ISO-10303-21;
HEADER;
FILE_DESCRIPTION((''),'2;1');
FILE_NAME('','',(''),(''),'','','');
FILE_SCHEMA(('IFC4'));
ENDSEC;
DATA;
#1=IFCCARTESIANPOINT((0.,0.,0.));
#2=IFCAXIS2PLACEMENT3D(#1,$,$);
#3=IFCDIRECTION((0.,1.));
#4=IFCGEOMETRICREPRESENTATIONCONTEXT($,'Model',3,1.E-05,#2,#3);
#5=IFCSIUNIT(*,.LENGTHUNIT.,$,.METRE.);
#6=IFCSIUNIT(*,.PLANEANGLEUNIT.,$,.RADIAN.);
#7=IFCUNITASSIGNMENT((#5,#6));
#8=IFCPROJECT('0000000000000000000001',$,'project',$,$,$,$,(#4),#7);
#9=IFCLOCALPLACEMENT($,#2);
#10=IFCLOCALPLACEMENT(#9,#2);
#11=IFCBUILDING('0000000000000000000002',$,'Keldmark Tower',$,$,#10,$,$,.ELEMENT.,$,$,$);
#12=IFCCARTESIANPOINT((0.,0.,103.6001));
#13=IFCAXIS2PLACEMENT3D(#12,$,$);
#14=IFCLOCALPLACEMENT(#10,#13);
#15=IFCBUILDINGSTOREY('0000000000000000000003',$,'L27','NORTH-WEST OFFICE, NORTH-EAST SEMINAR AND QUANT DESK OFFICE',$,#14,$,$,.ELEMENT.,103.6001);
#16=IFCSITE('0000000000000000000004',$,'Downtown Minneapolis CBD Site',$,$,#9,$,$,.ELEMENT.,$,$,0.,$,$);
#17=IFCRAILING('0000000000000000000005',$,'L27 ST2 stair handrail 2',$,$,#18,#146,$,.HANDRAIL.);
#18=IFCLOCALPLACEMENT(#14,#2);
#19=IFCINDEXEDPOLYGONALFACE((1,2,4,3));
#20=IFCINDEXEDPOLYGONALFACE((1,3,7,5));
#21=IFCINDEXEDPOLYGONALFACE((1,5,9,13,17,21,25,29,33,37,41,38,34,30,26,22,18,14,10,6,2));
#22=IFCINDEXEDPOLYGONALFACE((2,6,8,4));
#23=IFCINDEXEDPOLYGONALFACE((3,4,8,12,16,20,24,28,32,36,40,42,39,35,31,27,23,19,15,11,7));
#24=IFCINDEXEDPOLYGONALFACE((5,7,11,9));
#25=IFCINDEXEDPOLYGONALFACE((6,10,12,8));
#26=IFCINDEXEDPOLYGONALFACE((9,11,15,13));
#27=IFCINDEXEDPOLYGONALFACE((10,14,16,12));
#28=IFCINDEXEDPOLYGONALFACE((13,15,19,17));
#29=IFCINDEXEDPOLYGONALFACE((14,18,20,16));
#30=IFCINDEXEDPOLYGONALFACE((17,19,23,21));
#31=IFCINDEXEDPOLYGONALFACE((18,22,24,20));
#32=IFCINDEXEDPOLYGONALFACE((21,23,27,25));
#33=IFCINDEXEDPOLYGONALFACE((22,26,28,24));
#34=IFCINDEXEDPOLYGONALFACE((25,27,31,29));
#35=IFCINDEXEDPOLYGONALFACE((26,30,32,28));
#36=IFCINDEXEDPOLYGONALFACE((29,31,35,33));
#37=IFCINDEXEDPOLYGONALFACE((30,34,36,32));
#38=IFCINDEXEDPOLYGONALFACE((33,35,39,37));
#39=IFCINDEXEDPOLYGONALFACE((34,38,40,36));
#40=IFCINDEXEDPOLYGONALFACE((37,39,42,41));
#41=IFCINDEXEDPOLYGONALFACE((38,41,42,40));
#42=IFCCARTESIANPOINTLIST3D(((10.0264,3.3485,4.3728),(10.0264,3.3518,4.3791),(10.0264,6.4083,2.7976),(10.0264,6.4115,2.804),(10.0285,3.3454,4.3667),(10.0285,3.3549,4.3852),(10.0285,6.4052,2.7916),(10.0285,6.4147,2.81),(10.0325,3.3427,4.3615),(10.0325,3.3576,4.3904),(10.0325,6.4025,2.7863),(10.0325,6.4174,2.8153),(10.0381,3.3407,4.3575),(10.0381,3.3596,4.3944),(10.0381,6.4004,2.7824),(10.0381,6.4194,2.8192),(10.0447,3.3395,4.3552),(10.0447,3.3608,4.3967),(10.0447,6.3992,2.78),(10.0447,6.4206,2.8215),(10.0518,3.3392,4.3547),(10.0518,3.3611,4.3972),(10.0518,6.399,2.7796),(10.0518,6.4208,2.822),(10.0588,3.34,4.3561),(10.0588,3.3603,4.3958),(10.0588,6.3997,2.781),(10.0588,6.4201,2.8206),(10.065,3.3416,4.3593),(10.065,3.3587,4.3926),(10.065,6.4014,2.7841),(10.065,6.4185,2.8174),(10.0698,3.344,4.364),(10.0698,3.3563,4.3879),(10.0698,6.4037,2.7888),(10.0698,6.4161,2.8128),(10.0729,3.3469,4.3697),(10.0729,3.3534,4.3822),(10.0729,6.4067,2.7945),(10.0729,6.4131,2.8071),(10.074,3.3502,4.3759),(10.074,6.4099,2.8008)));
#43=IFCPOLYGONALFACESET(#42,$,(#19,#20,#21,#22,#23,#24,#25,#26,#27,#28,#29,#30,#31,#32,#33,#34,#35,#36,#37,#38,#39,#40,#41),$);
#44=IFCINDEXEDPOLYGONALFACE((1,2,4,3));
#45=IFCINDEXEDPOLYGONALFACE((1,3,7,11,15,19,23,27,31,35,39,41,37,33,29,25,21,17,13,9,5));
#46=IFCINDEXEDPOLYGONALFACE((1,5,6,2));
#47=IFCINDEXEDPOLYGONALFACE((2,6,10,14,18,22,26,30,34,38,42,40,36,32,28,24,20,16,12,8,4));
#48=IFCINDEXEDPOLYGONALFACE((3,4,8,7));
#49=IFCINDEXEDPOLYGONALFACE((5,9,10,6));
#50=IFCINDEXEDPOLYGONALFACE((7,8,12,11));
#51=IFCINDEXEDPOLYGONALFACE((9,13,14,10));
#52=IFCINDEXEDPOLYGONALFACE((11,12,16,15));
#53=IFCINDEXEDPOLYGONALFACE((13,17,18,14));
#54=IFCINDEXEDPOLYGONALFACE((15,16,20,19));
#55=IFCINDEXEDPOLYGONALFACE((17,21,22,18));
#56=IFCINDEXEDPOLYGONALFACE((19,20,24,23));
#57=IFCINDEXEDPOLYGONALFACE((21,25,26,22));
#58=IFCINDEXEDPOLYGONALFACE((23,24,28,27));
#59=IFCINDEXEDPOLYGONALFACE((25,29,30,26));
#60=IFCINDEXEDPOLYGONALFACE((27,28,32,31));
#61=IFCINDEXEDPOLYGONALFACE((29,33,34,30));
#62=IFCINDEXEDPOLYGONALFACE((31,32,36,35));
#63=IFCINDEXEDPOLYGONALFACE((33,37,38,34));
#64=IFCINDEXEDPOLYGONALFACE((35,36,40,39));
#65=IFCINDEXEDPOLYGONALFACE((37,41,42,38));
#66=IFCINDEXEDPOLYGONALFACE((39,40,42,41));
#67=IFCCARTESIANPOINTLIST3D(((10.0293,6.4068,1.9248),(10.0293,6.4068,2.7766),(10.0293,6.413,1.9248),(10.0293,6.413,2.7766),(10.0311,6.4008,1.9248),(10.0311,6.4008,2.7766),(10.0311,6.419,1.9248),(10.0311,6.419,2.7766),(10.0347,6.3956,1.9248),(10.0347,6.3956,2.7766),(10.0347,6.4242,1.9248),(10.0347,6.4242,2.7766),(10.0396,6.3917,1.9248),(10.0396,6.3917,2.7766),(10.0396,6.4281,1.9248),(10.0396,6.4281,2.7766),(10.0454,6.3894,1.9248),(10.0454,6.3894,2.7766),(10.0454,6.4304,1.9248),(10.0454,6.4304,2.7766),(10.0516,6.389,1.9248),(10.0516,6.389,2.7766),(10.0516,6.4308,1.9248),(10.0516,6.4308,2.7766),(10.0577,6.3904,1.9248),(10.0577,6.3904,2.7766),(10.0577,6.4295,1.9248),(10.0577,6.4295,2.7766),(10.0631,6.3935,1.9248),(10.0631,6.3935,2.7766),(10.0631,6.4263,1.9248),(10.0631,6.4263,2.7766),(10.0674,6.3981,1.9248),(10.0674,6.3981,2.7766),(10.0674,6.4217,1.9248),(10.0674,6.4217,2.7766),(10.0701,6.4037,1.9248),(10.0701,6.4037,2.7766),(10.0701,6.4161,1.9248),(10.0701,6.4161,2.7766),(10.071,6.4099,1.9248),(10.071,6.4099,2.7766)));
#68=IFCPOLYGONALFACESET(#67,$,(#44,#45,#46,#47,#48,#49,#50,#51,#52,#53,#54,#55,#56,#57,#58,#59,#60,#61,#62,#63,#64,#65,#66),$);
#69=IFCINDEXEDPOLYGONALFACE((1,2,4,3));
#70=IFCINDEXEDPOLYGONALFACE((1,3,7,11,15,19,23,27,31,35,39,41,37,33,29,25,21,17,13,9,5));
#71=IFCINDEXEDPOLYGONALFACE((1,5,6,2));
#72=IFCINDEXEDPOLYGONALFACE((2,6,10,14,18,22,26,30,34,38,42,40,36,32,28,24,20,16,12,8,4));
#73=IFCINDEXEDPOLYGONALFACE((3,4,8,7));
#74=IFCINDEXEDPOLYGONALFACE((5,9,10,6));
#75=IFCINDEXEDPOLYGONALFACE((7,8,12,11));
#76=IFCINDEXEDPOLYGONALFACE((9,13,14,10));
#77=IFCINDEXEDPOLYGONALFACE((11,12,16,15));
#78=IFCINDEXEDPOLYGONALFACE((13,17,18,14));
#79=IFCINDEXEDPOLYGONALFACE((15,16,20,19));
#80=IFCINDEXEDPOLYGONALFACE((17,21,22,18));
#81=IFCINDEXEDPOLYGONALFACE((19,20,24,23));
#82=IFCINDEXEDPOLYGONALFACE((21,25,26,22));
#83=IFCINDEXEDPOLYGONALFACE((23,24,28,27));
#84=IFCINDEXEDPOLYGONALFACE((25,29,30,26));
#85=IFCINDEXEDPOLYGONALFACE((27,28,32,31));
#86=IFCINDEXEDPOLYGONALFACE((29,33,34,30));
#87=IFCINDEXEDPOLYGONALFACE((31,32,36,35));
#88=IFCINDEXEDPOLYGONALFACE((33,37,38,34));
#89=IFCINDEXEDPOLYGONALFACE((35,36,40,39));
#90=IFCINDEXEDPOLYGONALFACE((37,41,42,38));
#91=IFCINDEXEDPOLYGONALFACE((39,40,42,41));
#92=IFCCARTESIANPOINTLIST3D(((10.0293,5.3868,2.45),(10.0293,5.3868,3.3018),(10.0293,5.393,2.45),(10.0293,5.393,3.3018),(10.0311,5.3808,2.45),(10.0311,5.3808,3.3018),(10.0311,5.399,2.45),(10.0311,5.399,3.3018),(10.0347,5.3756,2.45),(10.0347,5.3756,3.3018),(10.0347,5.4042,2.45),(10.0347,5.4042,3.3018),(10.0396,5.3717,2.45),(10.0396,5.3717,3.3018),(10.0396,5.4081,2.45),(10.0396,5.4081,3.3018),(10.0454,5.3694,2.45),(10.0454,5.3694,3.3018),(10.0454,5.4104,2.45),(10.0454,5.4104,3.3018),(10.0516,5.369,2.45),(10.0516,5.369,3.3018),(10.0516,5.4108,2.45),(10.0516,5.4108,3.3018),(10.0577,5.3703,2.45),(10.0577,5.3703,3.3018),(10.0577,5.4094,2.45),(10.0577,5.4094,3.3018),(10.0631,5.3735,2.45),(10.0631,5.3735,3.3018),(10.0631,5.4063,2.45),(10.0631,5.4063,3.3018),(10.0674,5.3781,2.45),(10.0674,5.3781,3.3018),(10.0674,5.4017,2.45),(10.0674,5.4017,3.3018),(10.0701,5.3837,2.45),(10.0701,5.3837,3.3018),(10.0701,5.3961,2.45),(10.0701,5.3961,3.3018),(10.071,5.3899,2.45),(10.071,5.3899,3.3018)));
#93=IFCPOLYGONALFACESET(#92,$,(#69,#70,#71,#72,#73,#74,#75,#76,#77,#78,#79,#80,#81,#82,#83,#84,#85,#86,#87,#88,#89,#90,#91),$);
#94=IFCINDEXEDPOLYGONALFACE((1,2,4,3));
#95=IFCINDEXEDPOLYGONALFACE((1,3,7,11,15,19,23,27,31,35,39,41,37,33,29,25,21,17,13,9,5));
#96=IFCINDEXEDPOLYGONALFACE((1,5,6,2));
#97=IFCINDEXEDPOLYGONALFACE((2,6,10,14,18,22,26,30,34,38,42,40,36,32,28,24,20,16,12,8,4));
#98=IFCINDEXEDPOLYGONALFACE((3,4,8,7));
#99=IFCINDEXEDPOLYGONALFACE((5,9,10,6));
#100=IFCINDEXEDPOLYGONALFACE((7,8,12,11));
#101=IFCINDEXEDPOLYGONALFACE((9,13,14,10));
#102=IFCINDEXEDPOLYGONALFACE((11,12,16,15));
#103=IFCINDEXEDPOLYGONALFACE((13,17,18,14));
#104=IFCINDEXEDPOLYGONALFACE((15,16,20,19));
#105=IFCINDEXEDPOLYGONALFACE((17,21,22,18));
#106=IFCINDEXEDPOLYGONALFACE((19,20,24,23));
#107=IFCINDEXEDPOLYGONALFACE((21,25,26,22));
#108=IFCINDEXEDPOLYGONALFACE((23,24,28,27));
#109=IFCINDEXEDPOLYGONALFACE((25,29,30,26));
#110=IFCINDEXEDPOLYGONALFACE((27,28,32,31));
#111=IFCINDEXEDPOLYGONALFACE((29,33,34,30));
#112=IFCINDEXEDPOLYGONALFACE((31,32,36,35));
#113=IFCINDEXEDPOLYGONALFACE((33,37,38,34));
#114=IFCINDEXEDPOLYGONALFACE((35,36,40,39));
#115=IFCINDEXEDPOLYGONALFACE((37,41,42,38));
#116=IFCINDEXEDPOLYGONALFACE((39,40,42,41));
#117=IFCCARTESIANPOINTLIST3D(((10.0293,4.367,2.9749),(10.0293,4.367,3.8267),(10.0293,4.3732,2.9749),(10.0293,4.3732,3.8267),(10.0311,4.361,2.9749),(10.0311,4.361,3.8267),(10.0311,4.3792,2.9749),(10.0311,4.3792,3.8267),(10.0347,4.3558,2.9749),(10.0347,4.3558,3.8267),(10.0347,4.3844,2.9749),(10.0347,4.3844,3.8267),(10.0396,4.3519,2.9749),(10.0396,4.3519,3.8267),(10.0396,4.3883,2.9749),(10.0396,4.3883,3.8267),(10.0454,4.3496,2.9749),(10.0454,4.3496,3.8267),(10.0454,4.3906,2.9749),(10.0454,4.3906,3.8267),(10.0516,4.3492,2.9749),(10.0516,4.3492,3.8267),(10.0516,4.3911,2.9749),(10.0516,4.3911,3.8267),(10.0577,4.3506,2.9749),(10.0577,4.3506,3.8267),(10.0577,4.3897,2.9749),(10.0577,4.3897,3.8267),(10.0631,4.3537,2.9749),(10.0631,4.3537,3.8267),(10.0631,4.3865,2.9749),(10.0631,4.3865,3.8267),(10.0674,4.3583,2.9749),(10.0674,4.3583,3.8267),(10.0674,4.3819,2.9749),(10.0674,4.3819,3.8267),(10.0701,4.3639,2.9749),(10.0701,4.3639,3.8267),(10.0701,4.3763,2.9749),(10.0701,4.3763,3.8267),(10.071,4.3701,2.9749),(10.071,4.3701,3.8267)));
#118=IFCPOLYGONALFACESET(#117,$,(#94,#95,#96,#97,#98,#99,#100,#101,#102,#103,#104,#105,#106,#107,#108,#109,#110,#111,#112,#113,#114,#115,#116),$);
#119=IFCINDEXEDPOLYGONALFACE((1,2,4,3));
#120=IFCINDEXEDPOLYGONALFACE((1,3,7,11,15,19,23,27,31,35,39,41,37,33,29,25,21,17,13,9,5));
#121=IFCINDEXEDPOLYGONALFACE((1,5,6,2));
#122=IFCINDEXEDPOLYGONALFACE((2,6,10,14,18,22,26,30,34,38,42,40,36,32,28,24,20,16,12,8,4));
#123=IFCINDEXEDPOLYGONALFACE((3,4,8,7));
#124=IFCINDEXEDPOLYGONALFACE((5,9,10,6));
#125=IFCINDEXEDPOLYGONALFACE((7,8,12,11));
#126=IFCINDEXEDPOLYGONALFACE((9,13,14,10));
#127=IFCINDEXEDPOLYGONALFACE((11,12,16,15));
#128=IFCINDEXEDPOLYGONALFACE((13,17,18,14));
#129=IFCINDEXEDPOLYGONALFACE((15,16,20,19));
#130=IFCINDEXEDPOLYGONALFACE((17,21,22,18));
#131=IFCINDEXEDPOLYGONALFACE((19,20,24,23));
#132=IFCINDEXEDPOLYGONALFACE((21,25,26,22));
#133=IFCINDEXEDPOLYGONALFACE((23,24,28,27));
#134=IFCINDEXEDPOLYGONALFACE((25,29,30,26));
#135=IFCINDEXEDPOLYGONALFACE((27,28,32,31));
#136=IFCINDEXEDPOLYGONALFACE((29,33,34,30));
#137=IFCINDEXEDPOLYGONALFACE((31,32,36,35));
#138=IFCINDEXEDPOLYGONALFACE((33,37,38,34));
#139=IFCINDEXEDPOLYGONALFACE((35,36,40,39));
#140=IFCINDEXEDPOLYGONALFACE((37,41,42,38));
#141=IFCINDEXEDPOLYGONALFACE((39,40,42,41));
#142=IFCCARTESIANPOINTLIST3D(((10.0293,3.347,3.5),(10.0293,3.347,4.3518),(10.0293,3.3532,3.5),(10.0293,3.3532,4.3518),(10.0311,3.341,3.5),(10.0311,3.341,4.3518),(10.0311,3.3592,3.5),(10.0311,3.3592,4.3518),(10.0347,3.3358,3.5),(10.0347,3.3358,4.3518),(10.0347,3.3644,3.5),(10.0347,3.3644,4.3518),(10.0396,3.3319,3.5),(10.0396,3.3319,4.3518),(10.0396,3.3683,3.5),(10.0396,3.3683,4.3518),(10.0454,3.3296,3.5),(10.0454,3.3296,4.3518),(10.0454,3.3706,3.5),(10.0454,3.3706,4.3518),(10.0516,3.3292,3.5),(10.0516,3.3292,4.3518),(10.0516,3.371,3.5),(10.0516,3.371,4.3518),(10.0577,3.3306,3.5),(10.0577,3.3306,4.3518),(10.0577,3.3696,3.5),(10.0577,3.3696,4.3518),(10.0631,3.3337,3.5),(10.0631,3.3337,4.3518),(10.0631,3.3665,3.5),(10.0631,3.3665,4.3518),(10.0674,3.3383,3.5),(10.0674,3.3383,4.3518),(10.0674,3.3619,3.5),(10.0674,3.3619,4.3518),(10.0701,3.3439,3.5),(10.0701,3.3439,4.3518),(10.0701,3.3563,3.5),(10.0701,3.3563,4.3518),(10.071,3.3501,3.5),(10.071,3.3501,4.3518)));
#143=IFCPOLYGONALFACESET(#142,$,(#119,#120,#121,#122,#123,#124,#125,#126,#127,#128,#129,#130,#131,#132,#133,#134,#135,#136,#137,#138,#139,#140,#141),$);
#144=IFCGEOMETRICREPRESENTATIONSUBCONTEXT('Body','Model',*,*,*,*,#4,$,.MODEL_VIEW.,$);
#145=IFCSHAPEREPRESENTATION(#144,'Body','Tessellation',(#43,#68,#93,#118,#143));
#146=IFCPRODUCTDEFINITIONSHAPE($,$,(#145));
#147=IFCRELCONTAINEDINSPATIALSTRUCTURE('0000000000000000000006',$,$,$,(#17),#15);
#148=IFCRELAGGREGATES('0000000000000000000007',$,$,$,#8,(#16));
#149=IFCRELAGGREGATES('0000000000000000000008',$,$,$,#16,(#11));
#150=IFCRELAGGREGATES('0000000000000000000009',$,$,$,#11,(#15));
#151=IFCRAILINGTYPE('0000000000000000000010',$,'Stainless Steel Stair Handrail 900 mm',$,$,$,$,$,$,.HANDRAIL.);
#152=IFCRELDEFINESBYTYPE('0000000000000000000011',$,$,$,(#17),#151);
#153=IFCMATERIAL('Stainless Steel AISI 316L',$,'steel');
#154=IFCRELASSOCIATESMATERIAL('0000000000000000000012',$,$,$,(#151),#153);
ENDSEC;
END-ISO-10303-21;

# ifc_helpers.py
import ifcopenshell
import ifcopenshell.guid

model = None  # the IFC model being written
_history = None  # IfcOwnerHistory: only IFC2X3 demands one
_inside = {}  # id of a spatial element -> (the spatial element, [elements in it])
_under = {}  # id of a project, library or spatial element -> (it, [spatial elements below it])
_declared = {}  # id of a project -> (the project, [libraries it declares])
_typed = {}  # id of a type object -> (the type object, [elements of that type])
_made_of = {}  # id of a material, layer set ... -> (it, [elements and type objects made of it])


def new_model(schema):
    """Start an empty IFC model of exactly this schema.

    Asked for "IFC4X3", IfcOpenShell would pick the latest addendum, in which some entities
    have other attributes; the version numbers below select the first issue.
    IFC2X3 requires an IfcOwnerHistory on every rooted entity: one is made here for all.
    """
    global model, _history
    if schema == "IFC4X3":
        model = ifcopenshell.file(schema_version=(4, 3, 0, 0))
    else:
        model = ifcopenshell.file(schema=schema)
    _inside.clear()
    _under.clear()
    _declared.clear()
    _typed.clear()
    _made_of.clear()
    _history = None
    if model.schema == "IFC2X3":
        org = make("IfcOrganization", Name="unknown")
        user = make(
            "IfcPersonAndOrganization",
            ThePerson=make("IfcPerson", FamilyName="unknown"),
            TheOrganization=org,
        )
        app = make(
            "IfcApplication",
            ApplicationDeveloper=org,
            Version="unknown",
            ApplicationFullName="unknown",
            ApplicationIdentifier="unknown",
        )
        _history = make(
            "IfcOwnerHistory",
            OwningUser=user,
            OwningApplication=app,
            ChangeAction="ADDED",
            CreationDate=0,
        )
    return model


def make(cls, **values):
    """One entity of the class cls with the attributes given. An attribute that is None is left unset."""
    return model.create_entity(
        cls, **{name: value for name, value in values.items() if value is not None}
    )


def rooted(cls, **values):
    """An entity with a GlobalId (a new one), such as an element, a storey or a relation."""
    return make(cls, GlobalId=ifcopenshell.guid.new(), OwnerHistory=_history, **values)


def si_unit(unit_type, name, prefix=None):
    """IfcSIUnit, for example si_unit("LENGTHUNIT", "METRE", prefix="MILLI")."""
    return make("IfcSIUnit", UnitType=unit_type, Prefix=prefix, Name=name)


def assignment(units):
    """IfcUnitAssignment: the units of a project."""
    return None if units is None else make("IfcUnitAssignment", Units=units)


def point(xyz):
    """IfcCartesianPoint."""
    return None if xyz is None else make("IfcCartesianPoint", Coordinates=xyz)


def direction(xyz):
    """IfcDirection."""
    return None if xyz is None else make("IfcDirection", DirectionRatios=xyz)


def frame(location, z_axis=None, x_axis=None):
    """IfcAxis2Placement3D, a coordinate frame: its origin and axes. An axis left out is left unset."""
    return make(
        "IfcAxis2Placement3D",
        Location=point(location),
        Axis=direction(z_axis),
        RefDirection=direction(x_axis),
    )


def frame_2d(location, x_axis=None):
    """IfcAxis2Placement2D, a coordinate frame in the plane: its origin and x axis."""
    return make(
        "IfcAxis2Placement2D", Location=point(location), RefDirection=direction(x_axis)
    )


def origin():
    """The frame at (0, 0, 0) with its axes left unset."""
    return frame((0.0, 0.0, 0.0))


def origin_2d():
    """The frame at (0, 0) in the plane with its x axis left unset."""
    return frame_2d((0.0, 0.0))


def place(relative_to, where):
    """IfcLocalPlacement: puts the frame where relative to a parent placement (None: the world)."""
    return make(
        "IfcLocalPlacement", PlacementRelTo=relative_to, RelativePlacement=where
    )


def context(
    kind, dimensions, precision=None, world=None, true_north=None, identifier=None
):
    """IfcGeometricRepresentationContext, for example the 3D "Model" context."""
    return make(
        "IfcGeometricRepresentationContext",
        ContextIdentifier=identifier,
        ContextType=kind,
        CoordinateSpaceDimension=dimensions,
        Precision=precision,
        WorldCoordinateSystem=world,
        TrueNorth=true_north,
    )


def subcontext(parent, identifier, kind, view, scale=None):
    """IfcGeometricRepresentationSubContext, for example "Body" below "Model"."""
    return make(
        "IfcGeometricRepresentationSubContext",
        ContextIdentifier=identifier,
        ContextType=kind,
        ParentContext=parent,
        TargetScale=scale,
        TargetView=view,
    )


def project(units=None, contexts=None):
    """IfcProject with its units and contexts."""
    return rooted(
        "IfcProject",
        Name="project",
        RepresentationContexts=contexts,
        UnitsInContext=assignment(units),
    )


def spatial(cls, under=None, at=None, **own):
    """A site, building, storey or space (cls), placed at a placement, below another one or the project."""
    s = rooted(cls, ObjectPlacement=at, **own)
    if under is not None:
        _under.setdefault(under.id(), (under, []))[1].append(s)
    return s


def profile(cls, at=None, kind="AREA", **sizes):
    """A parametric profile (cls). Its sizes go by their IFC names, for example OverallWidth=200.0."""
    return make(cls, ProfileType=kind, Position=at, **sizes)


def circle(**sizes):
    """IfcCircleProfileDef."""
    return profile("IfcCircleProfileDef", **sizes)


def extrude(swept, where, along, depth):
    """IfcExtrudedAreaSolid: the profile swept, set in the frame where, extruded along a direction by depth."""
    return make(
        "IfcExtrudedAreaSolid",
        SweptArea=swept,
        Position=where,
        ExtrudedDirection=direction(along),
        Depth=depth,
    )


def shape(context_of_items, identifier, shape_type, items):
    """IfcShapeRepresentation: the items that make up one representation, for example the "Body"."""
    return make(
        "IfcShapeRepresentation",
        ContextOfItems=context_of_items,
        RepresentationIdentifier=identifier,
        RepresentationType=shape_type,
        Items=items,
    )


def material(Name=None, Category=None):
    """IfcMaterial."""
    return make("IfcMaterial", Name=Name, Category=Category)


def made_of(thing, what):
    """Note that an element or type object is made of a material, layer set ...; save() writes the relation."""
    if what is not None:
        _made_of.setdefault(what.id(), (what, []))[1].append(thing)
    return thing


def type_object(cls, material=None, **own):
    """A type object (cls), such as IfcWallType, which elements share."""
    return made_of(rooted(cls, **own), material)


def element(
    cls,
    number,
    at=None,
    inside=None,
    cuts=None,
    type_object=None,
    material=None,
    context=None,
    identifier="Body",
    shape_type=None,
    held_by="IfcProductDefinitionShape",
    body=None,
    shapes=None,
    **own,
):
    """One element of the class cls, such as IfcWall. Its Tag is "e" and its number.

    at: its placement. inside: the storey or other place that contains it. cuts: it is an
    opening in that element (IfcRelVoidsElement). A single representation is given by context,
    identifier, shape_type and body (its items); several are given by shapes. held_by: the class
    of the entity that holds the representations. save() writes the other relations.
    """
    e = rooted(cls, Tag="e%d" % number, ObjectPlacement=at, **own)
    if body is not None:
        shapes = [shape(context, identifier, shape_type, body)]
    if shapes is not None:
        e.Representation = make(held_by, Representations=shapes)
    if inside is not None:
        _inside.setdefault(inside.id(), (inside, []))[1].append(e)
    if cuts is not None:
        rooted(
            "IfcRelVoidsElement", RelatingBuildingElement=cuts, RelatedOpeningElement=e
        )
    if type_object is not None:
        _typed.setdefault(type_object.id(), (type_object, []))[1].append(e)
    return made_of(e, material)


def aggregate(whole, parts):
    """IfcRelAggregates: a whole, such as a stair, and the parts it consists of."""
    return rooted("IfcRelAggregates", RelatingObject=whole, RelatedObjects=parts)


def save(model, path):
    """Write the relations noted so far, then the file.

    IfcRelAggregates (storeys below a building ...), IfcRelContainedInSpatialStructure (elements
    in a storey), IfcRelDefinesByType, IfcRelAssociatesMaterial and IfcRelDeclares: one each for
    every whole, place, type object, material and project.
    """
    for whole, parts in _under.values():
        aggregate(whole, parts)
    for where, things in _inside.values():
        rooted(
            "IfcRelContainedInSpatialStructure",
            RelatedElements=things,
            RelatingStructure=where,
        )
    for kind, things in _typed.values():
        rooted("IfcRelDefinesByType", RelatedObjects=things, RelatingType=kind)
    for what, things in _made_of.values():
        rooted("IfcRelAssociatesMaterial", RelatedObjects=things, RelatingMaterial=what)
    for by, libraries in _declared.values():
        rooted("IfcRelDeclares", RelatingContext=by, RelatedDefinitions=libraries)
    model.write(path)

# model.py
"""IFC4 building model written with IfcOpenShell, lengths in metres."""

from ifc_helpers import new_model, si_unit, direction, frame, origin, origin_2d, place, context, subcontext, project, spatial, circle, extrude, material, type_object, element, save


model = new_model("IFC4")

# Units and contexts
model_context = context("Model", 3, precision=1e-05, world=origin(), true_north=direction((0.0, 1.0)))
body_context = subcontext(model_context, "Body", "Model", "MODEL_VIEW")
ifc_project = project(units=[si_unit("LENGTHUNIT", "METRE"), si_unit("PLANEANGLEUNIT", "RADIAN")], contexts=[model_context])

# Site, building, storey
site_placement = place(None, origin())
site = spatial("IfcSite", under=ifc_project, at=site_placement, Name="Downtown Minneapolis CBD Site", CompositionType="ELEMENT", RefElevation=0.0)
building_placement = place(site_placement, origin())
building = spatial("IfcBuilding", under=site, at=building_placement, Name="Keldmark Tower", CompositionType="ELEMENT")
storey_placement = place(building_placement, frame((0.0, 0.0, 103.6001)))
storey = spatial("IfcBuildingStorey", under=building, at=storey_placement, Name="L27", Description="NORTH-WEST OFFICE, NORTH-EAST SEMINAR AND QUANT DESK OFFICE", CompositionType="ELEMENT", Elevation=103.6001)

# Railing
ifc_material_1 = material(Name="Stainless Steel AISI 316L", Category="steel")
railing_type_1 = type_object("IfcRailingType", Name="Stainless Steel Stair Handrail 900 mm", PredefinedType="HANDRAIL", material=ifc_material_1)
railing_1_placement = place(storey_placement, frame((10.05, 6.4099, 1.9248)))
element("IfcRailing", 1, at=railing_1_placement, inside=storey, type_object=railing_type_1, Name="L27 ST2 stair handrail 2", PredefinedType="HANDRAIL", context=body_context, shape_type="SweptSolid", body=[
    extrude(circle(Radius=0.0239, at=origin_2d()), frame((0.0, 0.0, 0.876), z_axis=(0.0, -0.889101, 0.45771), x_axis=(1.0, 0.0, 0.0)), (0.0, 0.0, 1.0), 3.4414),
    extrude(circle(Radius=0.021, at=origin_2d()), origin(), (0.0, 0.0, 1.0), 0.8518),
    extrude(circle(Radius=0.021, at=origin_2d()), frame((0.0, -1.02, 0.5251)), (0.0, 0.0, 1.0), 0.8518),
    extrude(circle(Radius=0.021, at=origin_2d()), frame((0.0, -2.0398, 1.05)), (0.0, 0.0, 1.0), 0.8518),
    extrude(circle(Radius=0.021, at=origin_2d()), frame((0.0, -3.0598, 1.5752)), (0.0, 0.0, 1.0), 0.8518),
])

save(model, "model.ifc")
